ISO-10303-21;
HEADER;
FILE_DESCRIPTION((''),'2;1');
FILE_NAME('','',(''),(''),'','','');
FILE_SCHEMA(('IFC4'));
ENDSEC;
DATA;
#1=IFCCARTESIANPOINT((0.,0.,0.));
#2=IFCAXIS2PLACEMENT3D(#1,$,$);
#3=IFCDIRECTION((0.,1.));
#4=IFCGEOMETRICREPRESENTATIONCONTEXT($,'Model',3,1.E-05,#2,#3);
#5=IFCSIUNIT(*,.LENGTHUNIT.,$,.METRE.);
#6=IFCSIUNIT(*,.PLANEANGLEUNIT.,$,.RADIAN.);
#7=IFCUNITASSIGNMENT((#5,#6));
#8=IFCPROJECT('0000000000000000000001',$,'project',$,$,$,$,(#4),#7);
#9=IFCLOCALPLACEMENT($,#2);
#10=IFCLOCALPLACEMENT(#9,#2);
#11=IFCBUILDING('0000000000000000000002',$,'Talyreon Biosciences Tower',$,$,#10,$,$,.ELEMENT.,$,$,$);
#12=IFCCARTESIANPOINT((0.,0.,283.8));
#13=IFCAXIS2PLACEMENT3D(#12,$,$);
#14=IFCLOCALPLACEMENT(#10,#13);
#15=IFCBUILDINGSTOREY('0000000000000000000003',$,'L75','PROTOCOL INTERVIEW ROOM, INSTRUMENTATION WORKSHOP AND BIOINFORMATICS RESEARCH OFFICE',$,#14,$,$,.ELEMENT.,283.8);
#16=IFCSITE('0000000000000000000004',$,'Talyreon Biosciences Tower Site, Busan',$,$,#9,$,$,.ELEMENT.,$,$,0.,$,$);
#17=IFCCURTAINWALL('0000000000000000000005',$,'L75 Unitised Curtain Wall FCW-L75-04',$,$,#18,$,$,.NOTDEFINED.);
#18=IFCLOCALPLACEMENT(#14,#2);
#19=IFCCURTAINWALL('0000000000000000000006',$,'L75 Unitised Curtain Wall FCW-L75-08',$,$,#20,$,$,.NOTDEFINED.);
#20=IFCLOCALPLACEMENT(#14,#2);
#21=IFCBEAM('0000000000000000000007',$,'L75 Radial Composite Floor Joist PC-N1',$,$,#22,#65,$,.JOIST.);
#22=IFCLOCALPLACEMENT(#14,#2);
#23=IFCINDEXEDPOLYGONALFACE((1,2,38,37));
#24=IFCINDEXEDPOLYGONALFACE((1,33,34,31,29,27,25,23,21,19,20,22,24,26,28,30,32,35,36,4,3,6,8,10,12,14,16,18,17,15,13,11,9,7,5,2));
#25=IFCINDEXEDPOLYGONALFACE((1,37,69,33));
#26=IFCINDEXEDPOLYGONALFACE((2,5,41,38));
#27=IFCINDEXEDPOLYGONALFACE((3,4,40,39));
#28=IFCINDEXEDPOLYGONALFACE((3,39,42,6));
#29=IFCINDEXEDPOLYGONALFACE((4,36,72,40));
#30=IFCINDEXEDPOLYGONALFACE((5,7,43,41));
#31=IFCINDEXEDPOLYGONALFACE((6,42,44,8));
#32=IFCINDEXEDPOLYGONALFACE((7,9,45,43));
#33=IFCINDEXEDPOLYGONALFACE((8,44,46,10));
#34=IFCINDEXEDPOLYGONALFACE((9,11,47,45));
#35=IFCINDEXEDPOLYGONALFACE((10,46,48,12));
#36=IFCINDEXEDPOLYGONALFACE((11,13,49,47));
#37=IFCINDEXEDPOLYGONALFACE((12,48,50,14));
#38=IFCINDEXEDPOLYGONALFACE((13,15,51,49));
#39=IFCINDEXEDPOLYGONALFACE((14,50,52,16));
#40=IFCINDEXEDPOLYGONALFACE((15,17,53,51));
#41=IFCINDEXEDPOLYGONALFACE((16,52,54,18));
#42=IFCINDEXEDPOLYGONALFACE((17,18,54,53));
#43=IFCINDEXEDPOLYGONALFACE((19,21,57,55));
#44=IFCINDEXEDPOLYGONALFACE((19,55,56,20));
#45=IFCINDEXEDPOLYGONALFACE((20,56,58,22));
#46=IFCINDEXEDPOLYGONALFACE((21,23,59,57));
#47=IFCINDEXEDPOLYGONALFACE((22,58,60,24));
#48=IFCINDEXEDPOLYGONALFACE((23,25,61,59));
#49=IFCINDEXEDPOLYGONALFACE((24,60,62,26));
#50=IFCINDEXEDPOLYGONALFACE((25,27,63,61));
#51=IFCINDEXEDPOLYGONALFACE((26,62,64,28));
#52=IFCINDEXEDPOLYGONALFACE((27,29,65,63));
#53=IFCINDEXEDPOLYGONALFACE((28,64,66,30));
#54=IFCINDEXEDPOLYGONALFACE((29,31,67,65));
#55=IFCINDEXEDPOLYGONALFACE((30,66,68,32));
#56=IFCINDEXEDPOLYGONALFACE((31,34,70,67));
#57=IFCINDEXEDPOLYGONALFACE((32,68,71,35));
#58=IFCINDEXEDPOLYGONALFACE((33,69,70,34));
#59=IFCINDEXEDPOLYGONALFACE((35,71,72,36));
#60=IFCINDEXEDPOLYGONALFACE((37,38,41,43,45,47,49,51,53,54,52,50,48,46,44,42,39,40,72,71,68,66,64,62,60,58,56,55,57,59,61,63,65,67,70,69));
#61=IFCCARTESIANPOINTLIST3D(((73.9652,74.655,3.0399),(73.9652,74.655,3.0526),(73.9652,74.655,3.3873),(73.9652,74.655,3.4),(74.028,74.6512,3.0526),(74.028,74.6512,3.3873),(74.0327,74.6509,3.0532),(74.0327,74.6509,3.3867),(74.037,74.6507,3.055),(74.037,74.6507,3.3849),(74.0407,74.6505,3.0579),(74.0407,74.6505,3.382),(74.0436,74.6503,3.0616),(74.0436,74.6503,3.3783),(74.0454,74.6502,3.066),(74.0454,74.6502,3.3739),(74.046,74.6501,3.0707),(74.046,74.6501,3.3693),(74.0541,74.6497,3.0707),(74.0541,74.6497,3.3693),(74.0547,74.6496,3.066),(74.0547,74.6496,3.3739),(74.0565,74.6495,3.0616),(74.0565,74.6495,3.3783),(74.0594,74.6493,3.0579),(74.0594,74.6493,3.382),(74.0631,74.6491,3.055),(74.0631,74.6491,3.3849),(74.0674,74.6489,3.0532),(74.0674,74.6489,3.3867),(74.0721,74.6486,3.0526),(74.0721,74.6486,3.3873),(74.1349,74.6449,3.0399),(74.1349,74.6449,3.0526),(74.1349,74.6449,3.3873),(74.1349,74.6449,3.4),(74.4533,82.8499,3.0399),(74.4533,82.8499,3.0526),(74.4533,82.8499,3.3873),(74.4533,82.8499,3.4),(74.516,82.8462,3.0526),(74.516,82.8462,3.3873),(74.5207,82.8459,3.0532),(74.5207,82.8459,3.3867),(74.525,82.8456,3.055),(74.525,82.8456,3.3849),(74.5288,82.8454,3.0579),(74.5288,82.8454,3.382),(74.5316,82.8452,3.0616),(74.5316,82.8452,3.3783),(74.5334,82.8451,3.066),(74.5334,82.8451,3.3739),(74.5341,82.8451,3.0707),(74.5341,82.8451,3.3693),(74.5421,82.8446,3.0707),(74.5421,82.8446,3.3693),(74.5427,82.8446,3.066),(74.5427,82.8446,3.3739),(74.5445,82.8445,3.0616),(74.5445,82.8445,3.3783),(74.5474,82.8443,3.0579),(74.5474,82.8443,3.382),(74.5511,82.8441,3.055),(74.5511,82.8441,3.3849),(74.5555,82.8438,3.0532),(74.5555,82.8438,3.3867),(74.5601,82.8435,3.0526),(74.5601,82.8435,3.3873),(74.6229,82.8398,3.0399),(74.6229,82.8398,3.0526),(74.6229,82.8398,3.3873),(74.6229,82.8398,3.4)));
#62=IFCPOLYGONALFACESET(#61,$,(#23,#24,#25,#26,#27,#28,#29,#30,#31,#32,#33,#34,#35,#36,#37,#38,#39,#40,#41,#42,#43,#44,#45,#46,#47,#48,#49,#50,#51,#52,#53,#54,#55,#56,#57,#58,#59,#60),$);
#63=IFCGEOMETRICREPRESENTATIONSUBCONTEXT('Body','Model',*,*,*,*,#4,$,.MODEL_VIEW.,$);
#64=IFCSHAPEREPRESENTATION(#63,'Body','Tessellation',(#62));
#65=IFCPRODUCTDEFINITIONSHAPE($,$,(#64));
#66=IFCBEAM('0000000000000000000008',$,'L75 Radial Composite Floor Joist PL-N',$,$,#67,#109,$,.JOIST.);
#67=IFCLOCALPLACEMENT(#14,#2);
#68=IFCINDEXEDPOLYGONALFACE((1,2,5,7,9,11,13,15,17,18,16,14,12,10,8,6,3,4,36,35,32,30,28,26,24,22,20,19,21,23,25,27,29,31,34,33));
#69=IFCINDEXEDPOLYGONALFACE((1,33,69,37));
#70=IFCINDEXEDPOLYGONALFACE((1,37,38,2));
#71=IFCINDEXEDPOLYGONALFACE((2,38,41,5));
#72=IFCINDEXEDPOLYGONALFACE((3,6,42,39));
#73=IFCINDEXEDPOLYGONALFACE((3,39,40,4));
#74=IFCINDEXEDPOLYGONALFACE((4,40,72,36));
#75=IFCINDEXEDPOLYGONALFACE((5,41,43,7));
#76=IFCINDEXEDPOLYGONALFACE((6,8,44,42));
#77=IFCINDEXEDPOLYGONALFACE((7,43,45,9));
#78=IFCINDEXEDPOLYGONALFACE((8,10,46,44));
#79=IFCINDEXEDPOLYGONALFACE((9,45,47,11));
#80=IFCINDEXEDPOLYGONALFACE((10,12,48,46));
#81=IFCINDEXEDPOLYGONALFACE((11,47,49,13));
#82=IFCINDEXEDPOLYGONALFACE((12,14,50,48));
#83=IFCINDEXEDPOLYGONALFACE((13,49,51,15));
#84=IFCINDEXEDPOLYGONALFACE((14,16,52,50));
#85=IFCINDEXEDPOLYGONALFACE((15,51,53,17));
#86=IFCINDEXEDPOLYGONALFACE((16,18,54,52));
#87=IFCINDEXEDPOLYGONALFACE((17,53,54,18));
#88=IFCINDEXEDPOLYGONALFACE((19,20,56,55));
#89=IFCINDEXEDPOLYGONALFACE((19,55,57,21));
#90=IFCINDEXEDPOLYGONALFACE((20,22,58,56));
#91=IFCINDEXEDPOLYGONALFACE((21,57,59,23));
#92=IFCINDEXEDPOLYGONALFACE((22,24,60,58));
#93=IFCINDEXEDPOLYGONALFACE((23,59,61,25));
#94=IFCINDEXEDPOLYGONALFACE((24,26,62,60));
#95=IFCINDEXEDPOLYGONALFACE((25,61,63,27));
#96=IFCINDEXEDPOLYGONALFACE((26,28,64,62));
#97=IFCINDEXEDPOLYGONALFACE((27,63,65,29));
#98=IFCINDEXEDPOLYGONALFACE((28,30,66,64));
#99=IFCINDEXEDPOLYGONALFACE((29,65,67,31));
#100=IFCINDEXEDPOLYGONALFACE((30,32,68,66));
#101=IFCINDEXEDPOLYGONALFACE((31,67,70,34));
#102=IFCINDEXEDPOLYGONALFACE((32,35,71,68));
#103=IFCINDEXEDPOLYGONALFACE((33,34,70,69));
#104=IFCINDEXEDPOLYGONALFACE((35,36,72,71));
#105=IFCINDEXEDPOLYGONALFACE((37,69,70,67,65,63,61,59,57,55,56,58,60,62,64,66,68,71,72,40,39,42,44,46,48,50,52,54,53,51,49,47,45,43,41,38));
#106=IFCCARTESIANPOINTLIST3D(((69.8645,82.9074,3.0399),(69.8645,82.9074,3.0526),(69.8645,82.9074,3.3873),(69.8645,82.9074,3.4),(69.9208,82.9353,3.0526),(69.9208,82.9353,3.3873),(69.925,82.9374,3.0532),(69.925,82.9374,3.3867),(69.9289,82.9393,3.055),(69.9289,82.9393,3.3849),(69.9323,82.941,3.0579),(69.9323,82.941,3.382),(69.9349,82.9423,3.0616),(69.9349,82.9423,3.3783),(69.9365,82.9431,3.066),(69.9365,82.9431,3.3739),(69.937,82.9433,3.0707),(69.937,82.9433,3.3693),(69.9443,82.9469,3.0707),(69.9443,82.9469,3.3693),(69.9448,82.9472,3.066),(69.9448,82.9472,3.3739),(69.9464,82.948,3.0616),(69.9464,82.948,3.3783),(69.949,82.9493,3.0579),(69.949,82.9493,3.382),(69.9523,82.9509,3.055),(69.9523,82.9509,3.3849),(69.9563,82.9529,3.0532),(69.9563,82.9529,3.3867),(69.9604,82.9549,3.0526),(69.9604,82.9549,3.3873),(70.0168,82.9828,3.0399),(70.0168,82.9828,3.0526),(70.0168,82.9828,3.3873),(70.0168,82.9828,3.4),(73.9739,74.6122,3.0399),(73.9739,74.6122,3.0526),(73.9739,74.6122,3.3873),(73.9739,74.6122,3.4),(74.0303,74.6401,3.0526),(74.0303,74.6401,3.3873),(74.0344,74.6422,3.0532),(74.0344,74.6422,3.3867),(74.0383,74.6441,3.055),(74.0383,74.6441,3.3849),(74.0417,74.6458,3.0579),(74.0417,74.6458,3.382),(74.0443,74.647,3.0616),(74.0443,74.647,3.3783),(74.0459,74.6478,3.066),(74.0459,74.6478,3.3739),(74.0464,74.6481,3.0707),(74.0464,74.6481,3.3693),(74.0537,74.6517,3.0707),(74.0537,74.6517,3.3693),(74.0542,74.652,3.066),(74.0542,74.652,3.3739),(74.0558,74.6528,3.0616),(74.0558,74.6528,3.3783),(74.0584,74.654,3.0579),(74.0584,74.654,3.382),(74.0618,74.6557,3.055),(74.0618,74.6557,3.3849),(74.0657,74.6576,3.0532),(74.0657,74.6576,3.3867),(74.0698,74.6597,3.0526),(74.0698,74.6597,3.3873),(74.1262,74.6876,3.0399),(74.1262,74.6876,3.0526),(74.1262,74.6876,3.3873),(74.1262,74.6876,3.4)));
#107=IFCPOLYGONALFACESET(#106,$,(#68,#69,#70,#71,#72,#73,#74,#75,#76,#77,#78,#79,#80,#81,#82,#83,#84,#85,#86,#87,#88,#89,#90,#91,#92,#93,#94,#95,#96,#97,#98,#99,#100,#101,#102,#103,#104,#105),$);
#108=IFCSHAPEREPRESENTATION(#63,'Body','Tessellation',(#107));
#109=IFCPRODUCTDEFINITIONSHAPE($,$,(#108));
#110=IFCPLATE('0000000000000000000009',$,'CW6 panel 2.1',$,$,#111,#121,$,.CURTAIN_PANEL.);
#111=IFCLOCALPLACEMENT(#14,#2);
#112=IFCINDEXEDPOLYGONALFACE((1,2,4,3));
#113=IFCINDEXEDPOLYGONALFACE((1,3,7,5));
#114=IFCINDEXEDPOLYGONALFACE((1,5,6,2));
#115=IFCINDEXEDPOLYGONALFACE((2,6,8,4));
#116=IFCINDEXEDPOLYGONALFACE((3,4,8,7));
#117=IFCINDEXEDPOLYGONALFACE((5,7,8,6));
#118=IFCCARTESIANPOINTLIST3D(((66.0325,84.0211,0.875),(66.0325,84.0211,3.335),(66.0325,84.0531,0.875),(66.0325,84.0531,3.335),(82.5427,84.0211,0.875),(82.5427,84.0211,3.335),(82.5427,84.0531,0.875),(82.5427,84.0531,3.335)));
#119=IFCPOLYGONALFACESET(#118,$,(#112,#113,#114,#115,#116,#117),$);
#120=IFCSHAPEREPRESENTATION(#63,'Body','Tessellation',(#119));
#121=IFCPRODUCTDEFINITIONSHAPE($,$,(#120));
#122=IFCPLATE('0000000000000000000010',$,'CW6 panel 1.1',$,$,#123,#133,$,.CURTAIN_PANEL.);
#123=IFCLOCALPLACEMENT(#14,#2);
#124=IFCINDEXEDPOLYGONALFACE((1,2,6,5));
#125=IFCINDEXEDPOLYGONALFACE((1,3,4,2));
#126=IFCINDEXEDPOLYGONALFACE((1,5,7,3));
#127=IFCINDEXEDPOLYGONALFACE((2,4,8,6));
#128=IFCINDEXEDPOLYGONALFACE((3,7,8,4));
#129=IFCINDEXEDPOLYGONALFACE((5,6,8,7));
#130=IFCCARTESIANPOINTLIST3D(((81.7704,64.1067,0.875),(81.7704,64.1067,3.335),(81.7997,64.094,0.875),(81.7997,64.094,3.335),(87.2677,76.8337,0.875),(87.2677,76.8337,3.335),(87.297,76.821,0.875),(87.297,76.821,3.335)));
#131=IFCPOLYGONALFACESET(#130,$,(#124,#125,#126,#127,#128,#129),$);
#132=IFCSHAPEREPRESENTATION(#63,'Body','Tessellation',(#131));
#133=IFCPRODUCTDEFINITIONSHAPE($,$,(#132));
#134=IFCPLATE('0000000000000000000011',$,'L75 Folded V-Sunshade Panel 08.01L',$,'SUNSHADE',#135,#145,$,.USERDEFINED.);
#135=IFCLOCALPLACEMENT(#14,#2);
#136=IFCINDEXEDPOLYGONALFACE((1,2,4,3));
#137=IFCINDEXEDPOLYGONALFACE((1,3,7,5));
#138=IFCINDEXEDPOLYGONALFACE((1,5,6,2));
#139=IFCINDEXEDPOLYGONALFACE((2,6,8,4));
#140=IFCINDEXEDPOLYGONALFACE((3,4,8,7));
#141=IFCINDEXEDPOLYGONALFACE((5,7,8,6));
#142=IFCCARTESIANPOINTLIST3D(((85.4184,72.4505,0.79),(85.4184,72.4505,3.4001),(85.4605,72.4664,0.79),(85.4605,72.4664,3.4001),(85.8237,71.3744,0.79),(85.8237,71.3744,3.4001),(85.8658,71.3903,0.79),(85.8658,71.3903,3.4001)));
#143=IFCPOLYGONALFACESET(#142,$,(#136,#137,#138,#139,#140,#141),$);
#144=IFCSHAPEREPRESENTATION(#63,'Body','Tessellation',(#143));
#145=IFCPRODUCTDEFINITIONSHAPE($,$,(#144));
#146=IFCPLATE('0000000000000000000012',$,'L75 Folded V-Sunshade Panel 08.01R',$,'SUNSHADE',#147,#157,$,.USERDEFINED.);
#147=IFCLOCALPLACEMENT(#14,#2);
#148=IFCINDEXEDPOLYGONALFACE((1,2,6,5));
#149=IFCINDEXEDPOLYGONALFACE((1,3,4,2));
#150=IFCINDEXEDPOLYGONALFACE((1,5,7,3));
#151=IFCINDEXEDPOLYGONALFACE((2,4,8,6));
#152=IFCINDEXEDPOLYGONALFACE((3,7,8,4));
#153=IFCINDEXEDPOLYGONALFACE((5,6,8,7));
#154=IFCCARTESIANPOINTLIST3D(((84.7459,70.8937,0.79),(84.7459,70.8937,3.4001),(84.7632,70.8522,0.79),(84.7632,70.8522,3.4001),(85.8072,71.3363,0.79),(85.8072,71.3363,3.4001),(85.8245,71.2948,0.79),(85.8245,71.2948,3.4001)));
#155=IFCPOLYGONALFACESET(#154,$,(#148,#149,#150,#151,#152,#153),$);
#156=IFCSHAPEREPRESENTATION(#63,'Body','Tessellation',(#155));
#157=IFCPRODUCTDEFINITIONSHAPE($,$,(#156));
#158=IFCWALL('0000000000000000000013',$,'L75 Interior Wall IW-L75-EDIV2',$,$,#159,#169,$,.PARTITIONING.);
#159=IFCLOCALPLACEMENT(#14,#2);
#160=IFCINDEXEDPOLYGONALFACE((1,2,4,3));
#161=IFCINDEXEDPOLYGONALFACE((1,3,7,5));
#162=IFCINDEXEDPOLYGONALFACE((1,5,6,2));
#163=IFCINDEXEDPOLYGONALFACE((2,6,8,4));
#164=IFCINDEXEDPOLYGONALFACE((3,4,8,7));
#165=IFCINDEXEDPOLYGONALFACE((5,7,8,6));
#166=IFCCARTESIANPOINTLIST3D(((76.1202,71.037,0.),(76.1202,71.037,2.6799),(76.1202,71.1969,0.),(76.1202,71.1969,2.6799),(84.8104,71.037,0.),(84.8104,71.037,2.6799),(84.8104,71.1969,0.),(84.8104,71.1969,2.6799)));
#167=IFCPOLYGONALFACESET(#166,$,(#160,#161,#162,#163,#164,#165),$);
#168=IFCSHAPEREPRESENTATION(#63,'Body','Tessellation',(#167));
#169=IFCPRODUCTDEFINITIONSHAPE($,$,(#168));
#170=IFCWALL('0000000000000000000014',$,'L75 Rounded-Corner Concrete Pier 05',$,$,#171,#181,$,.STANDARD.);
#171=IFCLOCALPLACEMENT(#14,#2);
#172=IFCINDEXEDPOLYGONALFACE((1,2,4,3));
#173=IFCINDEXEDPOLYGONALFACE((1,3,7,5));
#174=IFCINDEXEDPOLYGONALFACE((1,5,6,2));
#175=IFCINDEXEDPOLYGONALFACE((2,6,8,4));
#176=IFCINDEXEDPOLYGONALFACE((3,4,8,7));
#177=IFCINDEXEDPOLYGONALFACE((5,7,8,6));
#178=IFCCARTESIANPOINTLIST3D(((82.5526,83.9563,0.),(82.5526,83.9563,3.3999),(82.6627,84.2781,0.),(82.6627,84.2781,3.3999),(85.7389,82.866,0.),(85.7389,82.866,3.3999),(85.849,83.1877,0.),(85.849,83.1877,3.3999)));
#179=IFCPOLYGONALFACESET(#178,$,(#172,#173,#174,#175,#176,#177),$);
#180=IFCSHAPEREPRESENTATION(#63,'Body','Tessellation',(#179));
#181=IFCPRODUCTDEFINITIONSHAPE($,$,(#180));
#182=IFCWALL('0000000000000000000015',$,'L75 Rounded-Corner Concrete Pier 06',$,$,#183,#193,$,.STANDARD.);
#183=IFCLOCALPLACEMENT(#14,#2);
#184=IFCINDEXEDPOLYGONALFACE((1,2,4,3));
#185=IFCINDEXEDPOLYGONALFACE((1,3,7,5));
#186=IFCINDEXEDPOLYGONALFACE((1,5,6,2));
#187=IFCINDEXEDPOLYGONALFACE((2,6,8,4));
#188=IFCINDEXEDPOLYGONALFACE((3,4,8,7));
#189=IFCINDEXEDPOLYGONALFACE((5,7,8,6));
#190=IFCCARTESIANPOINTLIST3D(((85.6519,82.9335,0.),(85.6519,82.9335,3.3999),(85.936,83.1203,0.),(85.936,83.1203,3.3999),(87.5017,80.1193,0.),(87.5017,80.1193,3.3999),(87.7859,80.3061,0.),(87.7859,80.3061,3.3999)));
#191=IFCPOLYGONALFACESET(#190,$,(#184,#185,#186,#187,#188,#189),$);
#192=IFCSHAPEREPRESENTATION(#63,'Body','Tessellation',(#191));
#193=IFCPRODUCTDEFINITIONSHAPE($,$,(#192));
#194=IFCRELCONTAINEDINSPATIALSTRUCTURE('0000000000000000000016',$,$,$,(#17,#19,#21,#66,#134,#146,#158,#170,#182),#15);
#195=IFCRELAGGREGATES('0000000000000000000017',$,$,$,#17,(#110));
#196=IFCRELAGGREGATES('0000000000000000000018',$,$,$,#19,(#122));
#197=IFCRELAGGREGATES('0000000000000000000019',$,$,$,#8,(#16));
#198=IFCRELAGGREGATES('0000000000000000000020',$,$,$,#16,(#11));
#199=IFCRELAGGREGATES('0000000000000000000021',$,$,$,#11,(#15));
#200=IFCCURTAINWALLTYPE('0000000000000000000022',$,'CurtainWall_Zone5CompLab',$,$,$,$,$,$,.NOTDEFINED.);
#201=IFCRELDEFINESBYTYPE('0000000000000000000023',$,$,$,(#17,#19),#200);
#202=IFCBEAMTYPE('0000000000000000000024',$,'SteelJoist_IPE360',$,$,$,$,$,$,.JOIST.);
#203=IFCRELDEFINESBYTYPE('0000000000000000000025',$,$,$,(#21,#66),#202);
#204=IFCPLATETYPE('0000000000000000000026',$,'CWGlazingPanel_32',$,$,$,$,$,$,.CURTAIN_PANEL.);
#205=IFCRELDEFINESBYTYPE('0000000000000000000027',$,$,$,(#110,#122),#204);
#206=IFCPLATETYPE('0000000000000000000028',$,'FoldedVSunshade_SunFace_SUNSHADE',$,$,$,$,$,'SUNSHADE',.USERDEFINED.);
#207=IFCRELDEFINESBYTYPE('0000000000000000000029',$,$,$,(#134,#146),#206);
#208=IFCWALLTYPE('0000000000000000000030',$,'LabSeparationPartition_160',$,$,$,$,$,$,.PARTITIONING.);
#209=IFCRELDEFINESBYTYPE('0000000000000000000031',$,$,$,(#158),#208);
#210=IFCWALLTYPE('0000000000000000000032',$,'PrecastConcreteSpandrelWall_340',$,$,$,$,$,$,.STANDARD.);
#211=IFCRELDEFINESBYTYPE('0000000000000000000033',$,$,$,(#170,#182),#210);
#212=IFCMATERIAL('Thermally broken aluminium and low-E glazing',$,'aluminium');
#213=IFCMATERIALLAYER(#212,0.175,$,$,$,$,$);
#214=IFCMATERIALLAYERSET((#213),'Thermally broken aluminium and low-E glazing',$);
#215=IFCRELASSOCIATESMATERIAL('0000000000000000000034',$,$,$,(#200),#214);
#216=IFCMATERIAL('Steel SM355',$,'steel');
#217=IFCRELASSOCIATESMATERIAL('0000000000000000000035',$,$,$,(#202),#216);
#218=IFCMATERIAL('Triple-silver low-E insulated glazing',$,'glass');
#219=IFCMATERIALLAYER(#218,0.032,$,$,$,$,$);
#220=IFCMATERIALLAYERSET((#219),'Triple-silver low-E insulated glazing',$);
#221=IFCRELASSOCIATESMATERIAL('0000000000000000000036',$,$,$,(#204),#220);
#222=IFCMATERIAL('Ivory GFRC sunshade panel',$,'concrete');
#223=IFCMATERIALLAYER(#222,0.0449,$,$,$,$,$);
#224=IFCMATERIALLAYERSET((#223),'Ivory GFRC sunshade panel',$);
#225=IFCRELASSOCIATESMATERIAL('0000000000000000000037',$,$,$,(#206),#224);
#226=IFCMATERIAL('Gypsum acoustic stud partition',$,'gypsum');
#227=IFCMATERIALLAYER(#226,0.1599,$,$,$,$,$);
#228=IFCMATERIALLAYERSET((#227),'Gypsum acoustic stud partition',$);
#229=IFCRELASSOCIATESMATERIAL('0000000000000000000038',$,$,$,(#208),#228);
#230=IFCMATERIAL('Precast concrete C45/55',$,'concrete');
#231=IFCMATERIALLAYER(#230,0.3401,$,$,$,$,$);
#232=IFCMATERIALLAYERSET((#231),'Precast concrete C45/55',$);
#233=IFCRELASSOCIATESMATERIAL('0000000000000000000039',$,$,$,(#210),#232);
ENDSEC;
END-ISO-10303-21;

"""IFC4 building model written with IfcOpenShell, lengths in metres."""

from ifc_helpers import new_model, si_unit, direction, frame, frame_2d, origin, origin_2d, place, context, subcontext, project, spatial, rectangle, i_section, extrude, material, layer, layer_set, material_profile, profile_set, type_object, element, aggregate, save


model = new_model("IFC4")

# Units and contexts
model_context = context("Model", 3, precision=1e-05, world=origin(), true_north=direction((0.0, 1.0)))
body_context = subcontext(model_context, "Body", "Model", "MODEL_VIEW")
ifc_project = project(units=[si_unit("LENGTHUNIT", "METRE"), si_unit("PLANEANGLEUNIT", "RADIAN")], contexts=[model_context])

# Site, building, storey
site_placement = place(None, origin())
site = spatial("IfcSite", under=ifc_project, at=site_placement, Name="Talyreon Biosciences Tower Site, Busan", CompositionType="ELEMENT", RefElevation=0.0)
building_placement = place(site_placement, origin())
building = spatial("IfcBuilding", under=site, at=building_placement, Name="Talyreon Biosciences Tower", CompositionType="ELEMENT")
storey_placement = place(building_placement, frame((0.0, 0.0, 283.8)))
storey = spatial("IfcBuildingStorey", under=building, at=storey_placement, Name="L75", Description="PROTOCOL INTERVIEW ROOM, INSTRUMENTATION WORKSHOP AND BIOINFORMATICS RESEARCH OFFICE", CompositionType="ELEMENT", Elevation=283.8)

# Curtain wall
ifc_material_1 = material(Name="Thermally broken aluminium and low-E glazing", Category="aluminium")
ifc_layer_1 = layer(ifc_material_1, 0.175)
ifc_layer_set_1 = layer_set([ifc_layer_1], Name="Thermally broken aluminium and low-E glazing")
curtain_wall_type = type_object("IfcCurtainWallType", Name="CurtainWall_Zone5CompLab", PredefinedType="NOTDEFINED", material=ifc_layer_set_1)
curtain_wall_1_placement = place(storey_placement, origin())
curtain_wall_1 = element("IfcCurtainWall", 1, at=curtain_wall_1_placement, inside=storey, type_object=curtain_wall_type, Name="L75 Unitised Curtain Wall FCW-L75-04", PredefinedType="NOTDEFINED")

# Curtain wall
curtain_wall_2_placement = place(storey_placement, origin())
curtain_wall_2 = element("IfcCurtainWall", 2, at=curtain_wall_2_placement, inside=storey, type_object=curtain_wall_type, Name="L75 Unitised Curtain Wall FCW-L75-08", PredefinedType="NOTDEFINED")

# Beams
ifc_material_2 = material(Name="Precast concrete C45/55", Category="concrete")
ifc_material_3 = material(Name="Steel SM355", Category="steel")
ifc_material_profile_1 = material_profile(ifc_material_3, i_section(OverallWidth=0.1699, OverallDepth=0.3601, WebThickness=0.0081, FlangeThickness=0.0127, FilletRadius=0.0181, at=origin_2d()), Name="IPE360")
ifc_profile_set_1 = profile_set([ifc_material_profile_1], Name="Steel SM355")
beam_type_1 = type_object("IfcBeamType", Name="SteelJoist_IPE360", PredefinedType="JOIST", material=ifc_profile_set_1)
beam_1_placement = place(storey_placement, frame((74.05, 74.6499, 3.22), z_axis=(0.059447, 0.998231, 0.0), x_axis=(-0.998231, 0.059447, 0.0)))
element("IfcBeam", 3, at=beam_1_placement, inside=storey, type_object=beam_type_1, Name="L75 Radial Composite Floor Joist PC-N1", PredefinedType="JOIST", context=body_context, shape_type="SweptSolid", body=[
    extrude(i_section(OverallWidth=0.1699, OverallDepth=0.3601, WebThickness=0.0081, FlangeThickness=0.0127, FilletRadius=0.0181, at=origin_2d()), origin(), (0.0, 0.0, 1.0), 8.2095),
])
beam_2_placement = place(storey_placement, frame((74.05, 74.6499, 3.22), z_axis=(-0.443909, 0.896072, 0.0), x_axis=(-0.896072, -0.443909, 0.0)))
element("IfcBeam", 4, at=beam_2_placement, inside=storey, type_object=beam_type_1, Name="L75 Radial Composite Floor Joist PL-N", PredefinedType="JOIST", context=body_context, shape_type="SweptSolid", body=[
    extrude(i_section(OverallWidth=0.1699, OverallDepth=0.3601, WebThickness=0.0081, FlangeThickness=0.0127, FilletRadius=0.0181, at=origin_2d()), origin(), (0.0, 0.0, 1.0), 9.2573),
])

# Plates
ifc_material_4 = material(Name="Triple-silver low-E insulated glazing", Category="glass")
ifc_layer_2 = layer(ifc_material_4, 0.032)
ifc_layer_set_2 = layer_set([ifc_layer_2], Name="Triple-silver low-E insulated glazing")
plate_type_1 = type_object("IfcPlateType", Name="CWGlazingPanel_32", PredefinedType="CURTAIN_PANEL", material=ifc_layer_set_2)
plate_1_placement = place(storey_placement, frame((74.2876, 84.0371, 0.875), z_axis=(0.0, 0.0, 1.0), x_axis=(1.0, 0.0, 0.0)))
plate_1 = element("IfcPlate", 5, at=plate_1_placement, type_object=plate_type_1, Name="CW6 panel 2.1", PredefinedType="CURTAIN_PANEL", context=body_context, shape_type="SweptSolid", body=[
    extrude(rectangle(XDim=16.5103, YDim=0.032, at=origin_2d()), origin(), (0.0, 0.0, 1.0), 2.46),
])
aggregate(curtain_wall_1, [plate_1])
plate_2_placement = place(storey_placement, frame((84.5337, 70.4639, 0.875), z_axis=(0.0, 0.0, 1.0), x_axis=(-0.396528, -0.918022, 0.0)))
plate_2 = element("IfcPlate", 6, at=plate_2_placement, type_object=plate_type_1, Name="CW6 panel 1.1", PredefinedType="CURTAIN_PANEL", context=body_context, shape_type="SweptSolid", body=[
    extrude(rectangle(XDim=13.8635, YDim=0.032, at=origin_2d()), origin(), (0.0, 0.0, 1.0), 2.46),
])
aggregate(curtain_wall_2, [plate_2])

# Plates
ifc_material_5 = material(Name="Ivory GFRC sunshade panel", Category="concrete")
ifc_layer_3 = layer(ifc_material_5, 0.0449)
ifc_layer_set_3 = layer_set([ifc_layer_3], Name="Ivory GFRC sunshade panel")
plate_type_2 = type_object("IfcPlateType", Name="FoldedVSunshade_SunFace_SUNSHADE", ElementType="SUNSHADE", PredefinedType="USERDEFINED", material=ifc_layer_set_3)
for number, where, z_axis, x_axis, name in (
    (7, (85.6421, 71.9204, 0.79), (0.0, 0.0, 1.0), (0.352479, -0.93582, 0.0), "L75 Folded V-Sunshade Panel 08.01L"),
    (8, (85.2852, 71.0942, 0.79), (0.0, 0.0, 1.0), (-0.922948, -0.384924, 0.0), "L75 Folded V-Sunshade Panel 08.01R"),
):
    element("IfcPlate", number, at=place(storey_placement, frame(where, z_axis=z_axis, x_axis=x_axis)), inside=storey, type_object=plate_type_2, Name=name, ObjectType="SUNSHADE", PredefinedType="USERDEFINED", context=body_context, shape_type="SweptSolid", body=[
        extrude(rectangle(XDim=1.1499, YDim=0.0449, at=origin_2d()), origin(), (0.0, 0.0, 1.0), 2.6101),
    ])

# Walls
ifc_material_6 = material(Name="Gypsum acoustic stud partition", Category="gypsum")
ifc_layer_4 = layer(ifc_material_6, 0.1599)
ifc_layer_set_4 = layer_set([ifc_layer_4], Name="Gypsum acoustic stud partition")
wall_type_1 = type_object("IfcWallType", Name="LabSeparationPartition_160", PredefinedType="PARTITIONING", material=ifc_layer_set_4)
wall_1_placement = place(storey_placement, frame((76.1201, 71.1169, 0.0), z_axis=(0.0, 0.0, 1.0), x_axis=(1.0, 0.0, 0.0)))
element("IfcWall", 9, at=wall_1_placement, inside=storey, type_object=wall_type_1, Name="L75 Interior Wall IW-L75-EDIV2", PredefinedType="PARTITIONING", context=body_context, shape_type="SweptSolid", body=[
    extrude(rectangle(XDim=8.6902, YDim=0.1599, at=frame_2d((4.3452, 0.0))), origin(), (0.0, 0.0, 1.0), 2.6799),
])
ifc_layer_5 = layer(ifc_material_2, 0.3401)
ifc_layer_set_5 = layer_set([ifc_layer_5], Name="Precast concrete C45/55")
wall_type_2 = type_object("IfcWallType", Name="PrecastConcreteSpandrelWall_340", PredefinedType="STANDARD", material=ifc_layer_set_5)
for number, where, z_axis, x_axis, name in (
    (10, (82.6077, 84.1172, 0.0), (0.0, 0.0, 1.0), (0.946138, -0.323765, 0.0), "L75 Rounded-Corner Concrete Pier 05"),
    (11, (85.7939, 83.0269, 0.0), (0.0, 0.0, 1.0), (0.549285, -0.835635, 0.0), "L75 Rounded-Corner Concrete Pier 06"),
):
    element("IfcWall", number, at=place(storey_placement, frame(where, z_axis=z_axis, x_axis=x_axis)), inside=storey, type_object=wall_type_2, Name=name, PredefinedType="STANDARD", context=body_context, shape_type="SweptSolid", body=[
        extrude(rectangle(XDim=3.3677, YDim=0.3401, at=frame_2d((1.6838, 0.0))), origin(), (0.0, 0.0, 1.0), 3.3999),
    ])

save(model, "model.ifc")
